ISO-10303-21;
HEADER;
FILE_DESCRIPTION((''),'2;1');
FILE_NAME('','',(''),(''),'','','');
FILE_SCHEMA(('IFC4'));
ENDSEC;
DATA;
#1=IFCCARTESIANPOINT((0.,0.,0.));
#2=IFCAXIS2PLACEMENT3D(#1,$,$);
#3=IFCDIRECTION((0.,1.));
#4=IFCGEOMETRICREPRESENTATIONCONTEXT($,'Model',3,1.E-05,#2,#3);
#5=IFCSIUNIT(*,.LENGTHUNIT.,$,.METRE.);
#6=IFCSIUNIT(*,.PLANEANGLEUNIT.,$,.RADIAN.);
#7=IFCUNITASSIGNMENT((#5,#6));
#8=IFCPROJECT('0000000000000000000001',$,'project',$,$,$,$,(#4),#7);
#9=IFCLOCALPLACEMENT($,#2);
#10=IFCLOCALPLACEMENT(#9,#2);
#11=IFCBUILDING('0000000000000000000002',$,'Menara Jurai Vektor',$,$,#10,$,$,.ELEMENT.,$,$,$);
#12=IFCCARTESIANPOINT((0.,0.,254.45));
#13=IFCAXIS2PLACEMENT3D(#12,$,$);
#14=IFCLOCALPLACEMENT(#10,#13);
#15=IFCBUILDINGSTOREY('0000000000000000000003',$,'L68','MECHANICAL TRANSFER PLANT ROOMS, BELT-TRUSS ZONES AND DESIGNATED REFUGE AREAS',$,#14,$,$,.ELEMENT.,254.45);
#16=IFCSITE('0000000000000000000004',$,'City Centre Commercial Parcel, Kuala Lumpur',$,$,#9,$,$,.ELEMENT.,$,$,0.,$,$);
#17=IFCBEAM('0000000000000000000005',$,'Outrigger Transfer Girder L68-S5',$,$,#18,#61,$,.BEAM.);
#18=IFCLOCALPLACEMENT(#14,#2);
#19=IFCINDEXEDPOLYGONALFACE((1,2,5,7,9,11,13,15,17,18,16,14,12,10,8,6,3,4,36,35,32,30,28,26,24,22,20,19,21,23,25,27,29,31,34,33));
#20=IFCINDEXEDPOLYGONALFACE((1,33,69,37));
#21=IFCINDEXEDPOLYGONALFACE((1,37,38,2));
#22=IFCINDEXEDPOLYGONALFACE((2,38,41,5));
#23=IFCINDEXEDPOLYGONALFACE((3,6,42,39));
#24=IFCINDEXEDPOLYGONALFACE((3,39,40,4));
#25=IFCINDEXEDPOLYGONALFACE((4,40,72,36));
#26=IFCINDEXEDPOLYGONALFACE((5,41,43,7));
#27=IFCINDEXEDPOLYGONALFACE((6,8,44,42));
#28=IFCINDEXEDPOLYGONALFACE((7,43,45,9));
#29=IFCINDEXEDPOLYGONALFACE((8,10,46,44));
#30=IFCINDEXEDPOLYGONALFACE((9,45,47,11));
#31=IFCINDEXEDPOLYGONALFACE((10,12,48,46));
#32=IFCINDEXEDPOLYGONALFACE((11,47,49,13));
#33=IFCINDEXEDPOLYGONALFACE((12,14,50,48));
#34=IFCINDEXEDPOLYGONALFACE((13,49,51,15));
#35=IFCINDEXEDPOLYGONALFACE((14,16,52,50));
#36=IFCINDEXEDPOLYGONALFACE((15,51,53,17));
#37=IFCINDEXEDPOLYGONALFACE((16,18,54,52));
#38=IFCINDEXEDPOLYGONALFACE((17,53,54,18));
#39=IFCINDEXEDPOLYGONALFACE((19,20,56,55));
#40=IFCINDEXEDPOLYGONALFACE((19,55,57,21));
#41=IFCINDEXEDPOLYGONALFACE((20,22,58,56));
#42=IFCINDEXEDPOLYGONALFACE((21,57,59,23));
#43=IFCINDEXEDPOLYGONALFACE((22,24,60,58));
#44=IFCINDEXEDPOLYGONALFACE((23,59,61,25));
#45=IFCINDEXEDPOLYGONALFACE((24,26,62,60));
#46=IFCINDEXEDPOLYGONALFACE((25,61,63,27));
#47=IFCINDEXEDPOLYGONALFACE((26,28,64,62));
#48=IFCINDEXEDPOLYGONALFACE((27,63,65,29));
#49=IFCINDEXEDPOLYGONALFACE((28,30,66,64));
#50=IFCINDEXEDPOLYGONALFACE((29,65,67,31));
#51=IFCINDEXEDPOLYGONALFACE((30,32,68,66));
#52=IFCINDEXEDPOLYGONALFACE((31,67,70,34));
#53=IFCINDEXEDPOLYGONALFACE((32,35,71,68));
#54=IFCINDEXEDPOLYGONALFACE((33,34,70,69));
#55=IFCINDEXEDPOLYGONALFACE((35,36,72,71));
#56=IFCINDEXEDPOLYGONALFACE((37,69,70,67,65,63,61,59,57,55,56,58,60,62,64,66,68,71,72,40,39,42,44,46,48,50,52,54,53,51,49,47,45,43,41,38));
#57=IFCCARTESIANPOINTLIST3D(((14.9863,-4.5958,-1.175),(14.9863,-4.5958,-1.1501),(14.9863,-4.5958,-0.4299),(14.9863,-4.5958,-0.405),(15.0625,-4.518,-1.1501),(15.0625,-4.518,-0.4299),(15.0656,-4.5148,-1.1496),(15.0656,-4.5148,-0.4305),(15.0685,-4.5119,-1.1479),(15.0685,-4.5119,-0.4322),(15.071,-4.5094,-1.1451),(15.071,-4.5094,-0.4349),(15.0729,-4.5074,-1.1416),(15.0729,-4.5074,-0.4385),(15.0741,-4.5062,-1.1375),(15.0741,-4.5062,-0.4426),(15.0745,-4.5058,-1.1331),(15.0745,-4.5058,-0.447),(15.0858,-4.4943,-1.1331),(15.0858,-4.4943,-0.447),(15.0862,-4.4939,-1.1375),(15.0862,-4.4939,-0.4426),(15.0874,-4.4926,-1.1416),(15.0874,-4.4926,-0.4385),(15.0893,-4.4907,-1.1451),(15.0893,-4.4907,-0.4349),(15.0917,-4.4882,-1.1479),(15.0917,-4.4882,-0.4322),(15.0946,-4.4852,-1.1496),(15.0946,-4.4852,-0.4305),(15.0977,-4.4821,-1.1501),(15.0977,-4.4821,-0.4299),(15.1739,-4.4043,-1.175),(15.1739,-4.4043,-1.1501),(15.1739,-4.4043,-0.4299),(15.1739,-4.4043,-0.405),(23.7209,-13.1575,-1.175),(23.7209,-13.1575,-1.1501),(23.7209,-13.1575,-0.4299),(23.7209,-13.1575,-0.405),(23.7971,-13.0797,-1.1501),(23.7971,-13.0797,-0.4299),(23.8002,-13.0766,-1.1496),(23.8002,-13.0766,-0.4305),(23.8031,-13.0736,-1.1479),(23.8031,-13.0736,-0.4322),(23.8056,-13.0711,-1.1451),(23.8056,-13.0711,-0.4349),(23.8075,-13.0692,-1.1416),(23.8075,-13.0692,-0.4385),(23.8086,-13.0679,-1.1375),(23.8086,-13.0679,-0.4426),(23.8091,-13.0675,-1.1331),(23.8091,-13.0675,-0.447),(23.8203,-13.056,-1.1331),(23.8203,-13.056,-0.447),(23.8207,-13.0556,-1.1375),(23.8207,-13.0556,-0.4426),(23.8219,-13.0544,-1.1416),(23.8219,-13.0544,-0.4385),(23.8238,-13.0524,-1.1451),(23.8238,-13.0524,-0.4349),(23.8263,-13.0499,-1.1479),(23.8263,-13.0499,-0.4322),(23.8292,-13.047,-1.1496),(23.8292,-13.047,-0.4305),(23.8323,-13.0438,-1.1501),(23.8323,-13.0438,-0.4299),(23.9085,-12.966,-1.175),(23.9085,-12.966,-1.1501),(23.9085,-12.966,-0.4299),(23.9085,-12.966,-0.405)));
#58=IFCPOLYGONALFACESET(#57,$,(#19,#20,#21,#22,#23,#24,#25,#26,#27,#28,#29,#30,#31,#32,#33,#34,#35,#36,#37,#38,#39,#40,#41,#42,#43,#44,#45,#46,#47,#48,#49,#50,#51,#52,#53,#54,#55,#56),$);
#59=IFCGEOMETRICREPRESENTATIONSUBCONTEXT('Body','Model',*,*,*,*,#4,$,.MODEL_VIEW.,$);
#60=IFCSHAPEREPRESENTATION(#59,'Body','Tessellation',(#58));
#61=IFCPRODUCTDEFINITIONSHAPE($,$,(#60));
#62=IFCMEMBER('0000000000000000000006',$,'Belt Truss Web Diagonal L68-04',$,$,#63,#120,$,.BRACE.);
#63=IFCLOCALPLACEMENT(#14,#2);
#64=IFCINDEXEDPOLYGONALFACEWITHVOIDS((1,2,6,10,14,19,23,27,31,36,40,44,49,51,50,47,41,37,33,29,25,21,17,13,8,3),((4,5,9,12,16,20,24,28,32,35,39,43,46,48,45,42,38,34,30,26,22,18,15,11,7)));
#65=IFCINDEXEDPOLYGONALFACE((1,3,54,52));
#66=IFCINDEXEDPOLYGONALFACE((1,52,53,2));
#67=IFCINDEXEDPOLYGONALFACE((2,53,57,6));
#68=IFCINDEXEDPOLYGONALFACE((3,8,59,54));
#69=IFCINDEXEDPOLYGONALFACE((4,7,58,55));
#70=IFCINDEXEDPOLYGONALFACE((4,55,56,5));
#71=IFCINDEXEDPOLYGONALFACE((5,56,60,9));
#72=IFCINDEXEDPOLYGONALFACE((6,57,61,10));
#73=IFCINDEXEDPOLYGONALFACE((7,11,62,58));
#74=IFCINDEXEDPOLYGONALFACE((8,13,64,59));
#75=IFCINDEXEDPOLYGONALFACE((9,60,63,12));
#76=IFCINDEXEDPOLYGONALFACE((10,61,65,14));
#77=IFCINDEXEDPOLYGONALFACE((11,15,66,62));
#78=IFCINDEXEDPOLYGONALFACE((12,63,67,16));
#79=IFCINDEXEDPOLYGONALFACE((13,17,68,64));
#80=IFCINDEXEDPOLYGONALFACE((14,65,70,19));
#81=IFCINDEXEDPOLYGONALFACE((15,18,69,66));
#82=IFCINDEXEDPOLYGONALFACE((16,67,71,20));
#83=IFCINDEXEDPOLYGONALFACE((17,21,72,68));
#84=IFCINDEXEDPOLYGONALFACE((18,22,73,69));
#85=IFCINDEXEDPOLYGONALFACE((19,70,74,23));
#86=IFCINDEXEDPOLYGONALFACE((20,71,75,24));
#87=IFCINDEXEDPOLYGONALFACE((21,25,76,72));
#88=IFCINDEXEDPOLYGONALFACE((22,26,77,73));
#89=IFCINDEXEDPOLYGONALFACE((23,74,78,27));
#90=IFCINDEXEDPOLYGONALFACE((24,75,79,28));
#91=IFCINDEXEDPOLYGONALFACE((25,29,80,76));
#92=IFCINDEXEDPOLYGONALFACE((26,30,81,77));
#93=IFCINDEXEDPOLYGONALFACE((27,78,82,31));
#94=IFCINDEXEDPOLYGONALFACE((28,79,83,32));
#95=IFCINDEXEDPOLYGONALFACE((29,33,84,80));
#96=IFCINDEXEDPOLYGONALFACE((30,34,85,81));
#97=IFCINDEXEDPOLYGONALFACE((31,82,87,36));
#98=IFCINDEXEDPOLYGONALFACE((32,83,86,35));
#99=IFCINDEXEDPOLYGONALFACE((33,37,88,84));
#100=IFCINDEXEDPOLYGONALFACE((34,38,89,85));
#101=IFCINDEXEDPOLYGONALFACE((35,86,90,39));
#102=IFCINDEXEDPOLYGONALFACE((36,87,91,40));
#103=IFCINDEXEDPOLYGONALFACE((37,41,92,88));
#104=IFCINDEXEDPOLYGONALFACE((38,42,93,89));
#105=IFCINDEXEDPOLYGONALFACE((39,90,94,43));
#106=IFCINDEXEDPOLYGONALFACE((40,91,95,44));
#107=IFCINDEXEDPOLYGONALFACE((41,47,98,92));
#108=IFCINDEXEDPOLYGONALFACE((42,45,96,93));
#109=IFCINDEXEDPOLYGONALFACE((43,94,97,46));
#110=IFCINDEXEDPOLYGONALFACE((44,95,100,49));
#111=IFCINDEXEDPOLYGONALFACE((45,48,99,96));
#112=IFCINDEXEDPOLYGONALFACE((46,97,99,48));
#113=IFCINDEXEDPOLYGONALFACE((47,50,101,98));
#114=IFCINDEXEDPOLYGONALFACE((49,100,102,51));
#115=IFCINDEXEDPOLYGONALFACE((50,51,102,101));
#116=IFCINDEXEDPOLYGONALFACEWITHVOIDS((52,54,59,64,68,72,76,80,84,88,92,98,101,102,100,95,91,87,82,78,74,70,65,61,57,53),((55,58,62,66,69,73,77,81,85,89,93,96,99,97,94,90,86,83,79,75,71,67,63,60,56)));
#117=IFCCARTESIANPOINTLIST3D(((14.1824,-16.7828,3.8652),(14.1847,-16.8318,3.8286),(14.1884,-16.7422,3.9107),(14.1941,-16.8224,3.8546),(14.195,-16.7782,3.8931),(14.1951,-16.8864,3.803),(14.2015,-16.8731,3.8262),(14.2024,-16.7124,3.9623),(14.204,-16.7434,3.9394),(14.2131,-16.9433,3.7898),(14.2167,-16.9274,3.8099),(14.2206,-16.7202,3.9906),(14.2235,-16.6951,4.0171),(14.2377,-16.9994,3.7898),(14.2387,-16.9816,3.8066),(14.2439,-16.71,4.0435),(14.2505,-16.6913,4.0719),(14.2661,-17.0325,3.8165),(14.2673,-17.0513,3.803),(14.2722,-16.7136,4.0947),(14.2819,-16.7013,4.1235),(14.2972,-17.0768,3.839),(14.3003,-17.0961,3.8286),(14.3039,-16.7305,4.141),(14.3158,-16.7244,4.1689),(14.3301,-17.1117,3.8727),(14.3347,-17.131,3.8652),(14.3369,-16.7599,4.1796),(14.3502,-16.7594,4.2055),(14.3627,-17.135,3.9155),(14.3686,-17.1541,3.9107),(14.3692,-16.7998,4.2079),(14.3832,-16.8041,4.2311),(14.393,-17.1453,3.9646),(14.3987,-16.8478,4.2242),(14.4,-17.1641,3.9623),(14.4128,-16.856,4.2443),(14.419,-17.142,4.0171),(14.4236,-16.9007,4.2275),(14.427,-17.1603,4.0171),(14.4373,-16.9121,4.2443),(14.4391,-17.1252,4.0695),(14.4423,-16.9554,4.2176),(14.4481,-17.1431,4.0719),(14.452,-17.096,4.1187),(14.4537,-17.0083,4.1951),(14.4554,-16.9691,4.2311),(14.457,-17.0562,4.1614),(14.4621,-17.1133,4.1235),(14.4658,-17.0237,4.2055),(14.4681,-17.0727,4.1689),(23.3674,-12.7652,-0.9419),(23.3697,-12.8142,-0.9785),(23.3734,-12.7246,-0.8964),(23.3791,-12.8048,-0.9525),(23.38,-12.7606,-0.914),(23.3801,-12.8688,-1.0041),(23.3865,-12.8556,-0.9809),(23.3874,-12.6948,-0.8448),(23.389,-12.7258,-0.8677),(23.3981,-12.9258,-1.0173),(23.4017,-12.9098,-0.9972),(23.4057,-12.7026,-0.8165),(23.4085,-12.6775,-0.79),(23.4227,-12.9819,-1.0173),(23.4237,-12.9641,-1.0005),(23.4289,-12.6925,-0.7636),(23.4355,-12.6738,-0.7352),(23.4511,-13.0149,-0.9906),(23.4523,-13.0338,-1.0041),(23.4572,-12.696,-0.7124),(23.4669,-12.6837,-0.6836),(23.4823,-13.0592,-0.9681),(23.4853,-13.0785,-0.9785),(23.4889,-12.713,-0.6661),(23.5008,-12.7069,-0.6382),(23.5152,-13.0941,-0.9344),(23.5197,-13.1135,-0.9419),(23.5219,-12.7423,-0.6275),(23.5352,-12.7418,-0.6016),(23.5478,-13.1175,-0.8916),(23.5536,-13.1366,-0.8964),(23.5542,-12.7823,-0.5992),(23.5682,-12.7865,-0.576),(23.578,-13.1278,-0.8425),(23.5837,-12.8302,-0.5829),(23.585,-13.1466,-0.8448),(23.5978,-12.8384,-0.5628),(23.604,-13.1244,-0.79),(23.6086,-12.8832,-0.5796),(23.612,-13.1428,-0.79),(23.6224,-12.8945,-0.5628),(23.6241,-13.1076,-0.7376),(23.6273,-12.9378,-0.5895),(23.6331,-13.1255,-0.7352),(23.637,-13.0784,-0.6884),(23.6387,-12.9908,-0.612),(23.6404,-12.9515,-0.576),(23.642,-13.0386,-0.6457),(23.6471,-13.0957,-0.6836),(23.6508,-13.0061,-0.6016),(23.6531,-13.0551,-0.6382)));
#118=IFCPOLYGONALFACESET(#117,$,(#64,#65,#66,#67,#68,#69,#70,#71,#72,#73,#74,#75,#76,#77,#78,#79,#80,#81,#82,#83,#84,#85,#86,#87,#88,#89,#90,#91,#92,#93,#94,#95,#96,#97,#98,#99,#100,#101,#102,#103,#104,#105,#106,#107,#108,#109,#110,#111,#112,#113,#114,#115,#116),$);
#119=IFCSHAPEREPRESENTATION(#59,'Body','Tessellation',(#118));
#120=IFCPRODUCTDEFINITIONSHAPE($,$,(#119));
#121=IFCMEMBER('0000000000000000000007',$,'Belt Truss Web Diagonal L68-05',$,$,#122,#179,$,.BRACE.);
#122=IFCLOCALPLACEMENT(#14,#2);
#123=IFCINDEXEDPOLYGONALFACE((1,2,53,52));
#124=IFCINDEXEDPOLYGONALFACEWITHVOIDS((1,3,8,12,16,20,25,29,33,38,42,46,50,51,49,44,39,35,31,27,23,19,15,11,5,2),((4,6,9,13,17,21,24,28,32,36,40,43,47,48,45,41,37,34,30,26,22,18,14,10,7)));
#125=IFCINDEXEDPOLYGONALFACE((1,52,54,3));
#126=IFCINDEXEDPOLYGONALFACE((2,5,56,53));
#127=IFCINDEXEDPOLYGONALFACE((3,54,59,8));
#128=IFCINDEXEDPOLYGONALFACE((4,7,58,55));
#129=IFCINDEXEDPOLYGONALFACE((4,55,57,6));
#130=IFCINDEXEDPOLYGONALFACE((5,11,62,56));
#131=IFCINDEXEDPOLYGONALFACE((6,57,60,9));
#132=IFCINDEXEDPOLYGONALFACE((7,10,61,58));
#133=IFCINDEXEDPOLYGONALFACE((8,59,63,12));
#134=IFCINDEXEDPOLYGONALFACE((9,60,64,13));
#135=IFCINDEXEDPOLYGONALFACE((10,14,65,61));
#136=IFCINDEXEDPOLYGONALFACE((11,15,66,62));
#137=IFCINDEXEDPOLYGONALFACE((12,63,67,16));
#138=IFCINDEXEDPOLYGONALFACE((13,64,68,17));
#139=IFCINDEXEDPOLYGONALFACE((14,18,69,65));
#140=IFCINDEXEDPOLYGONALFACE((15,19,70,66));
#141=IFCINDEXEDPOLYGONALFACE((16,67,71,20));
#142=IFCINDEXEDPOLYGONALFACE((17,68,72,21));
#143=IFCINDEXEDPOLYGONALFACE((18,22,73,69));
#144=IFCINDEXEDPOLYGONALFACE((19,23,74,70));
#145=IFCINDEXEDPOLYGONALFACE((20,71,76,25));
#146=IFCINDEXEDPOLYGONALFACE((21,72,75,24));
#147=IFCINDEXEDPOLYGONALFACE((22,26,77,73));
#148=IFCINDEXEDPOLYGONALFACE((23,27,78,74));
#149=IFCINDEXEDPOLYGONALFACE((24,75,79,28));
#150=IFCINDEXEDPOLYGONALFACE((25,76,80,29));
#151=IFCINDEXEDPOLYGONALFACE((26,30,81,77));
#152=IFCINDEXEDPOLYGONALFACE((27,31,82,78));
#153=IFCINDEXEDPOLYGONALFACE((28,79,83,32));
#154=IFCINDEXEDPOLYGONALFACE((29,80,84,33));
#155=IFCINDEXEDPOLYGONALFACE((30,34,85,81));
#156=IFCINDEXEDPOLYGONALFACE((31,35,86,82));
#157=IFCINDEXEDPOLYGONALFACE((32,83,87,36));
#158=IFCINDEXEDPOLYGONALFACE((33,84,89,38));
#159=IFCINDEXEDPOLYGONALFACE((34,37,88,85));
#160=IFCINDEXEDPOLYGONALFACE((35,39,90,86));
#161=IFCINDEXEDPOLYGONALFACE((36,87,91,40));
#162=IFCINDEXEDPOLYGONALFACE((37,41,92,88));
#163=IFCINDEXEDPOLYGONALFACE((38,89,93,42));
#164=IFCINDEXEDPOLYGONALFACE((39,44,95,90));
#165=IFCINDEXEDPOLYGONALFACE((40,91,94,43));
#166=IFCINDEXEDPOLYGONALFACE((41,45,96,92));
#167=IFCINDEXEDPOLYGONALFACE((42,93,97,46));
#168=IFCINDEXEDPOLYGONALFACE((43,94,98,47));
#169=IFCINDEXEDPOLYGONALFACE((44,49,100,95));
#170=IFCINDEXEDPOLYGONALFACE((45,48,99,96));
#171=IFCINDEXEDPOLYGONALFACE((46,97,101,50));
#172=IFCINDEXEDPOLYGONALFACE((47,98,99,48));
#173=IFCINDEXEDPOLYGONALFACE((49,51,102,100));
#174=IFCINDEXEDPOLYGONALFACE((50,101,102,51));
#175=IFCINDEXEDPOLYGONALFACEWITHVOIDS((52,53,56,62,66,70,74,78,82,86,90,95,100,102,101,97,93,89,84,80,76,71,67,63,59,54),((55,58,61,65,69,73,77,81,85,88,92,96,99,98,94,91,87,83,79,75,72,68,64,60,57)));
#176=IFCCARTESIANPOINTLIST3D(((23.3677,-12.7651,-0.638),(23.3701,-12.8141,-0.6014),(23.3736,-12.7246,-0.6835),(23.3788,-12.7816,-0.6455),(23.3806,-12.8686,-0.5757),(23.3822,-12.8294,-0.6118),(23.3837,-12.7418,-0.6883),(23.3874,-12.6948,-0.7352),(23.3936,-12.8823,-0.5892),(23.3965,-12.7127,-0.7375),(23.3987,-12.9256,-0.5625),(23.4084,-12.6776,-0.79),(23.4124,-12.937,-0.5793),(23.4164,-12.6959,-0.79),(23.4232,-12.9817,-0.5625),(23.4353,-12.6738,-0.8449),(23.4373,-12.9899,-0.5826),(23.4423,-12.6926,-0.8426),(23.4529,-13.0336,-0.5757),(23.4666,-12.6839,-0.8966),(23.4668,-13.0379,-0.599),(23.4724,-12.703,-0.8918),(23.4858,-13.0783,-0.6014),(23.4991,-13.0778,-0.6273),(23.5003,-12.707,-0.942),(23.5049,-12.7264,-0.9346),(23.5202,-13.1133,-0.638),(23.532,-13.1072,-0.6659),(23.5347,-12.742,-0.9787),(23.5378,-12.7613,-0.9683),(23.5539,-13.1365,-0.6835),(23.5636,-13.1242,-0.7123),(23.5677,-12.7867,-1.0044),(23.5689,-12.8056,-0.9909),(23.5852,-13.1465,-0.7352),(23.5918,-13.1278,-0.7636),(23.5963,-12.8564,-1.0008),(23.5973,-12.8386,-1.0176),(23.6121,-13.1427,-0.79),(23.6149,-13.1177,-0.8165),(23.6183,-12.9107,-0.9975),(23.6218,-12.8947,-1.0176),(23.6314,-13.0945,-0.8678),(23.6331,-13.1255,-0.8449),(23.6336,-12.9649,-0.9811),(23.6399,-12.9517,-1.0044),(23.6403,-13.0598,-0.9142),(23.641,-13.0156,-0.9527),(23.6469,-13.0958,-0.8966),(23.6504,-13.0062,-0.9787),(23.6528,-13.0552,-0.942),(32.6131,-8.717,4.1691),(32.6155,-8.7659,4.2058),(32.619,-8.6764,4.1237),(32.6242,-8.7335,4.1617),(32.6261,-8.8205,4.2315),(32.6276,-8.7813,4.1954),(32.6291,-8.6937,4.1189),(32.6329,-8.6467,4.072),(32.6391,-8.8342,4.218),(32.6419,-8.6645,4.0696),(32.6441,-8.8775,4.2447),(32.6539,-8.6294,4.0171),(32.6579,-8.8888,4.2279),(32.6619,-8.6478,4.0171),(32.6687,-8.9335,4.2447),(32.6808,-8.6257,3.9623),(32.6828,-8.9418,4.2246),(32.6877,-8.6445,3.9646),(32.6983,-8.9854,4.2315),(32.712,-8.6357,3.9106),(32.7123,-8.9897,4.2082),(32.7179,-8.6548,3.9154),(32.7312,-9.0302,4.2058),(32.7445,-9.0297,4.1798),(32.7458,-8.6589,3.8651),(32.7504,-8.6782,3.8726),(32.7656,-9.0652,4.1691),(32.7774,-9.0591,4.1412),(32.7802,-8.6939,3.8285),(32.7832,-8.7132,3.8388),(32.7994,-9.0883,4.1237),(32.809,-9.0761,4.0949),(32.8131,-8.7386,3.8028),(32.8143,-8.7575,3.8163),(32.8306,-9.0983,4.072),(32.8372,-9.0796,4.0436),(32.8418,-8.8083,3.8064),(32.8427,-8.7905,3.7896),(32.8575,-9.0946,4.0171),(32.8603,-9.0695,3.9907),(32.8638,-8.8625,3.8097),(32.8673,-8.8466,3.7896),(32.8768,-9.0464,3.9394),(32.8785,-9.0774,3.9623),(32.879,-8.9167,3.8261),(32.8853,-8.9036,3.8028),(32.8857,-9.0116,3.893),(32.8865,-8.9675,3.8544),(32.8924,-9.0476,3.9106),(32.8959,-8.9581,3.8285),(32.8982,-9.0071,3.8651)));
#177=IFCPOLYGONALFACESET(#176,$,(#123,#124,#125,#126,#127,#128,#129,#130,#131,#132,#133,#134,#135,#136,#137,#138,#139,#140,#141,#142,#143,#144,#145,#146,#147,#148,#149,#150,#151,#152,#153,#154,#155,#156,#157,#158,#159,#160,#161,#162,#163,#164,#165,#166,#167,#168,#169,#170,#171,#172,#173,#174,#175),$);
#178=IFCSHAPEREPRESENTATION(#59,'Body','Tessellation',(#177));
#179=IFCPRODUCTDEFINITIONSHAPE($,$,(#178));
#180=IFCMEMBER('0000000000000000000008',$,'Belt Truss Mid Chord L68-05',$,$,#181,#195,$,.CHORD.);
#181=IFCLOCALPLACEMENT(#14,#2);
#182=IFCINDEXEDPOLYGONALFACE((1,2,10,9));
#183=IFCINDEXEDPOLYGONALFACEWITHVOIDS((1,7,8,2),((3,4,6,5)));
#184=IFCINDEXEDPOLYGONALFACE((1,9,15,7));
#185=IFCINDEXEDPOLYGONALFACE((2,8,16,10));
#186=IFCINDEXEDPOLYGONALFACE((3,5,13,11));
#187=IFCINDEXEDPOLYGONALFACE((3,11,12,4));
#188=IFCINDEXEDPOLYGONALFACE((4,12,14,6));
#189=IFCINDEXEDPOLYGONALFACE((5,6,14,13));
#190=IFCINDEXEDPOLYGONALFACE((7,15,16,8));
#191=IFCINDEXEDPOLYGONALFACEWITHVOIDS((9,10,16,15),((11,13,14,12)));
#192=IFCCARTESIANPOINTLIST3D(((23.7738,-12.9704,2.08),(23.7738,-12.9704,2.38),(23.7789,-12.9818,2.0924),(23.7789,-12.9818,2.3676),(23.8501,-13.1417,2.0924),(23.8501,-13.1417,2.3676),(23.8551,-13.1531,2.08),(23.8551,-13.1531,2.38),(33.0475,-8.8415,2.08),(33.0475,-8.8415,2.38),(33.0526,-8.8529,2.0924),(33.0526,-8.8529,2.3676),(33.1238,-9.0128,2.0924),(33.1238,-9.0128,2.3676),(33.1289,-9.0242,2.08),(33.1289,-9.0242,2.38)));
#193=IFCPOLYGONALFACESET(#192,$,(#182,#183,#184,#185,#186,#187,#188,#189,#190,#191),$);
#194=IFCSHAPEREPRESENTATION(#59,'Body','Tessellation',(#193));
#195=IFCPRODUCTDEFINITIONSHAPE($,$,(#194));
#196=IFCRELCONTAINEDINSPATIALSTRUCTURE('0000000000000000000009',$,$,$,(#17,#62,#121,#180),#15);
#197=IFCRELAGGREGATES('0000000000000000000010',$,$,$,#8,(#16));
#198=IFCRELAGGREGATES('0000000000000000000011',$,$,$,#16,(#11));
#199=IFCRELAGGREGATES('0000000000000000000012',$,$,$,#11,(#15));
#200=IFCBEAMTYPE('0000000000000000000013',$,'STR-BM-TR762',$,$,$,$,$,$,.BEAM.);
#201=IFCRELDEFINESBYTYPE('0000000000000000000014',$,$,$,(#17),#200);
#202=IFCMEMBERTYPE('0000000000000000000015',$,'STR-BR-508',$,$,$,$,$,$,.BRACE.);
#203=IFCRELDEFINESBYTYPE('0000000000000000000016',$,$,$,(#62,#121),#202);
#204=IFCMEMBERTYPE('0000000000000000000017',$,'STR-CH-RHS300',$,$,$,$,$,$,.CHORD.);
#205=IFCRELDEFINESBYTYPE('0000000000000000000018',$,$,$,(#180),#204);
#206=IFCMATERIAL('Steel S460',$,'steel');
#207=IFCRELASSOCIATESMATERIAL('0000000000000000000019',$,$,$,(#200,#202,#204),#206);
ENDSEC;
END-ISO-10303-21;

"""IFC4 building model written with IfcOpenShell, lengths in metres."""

from ifc_helpers import new_model, si_unit, direction, frame, origin, origin_2d, place, context, subcontext, project, spatial, hollow_rectangle, hollow_circle, i_section, extrude, material, material_profile, profile_set, type_object, element, save


model = new_model("IFC4")

# Units and contexts
model_context = context("Model", 3, precision=1e-05, world=origin(), true_north=direction((0.0, 1.0)))
body_context = subcontext(model_context, "Body", "Model", "MODEL_VIEW")
ifc_project = project(units=[si_unit("LENGTHUNIT", "METRE"), si_unit("PLANEANGLEUNIT", "RADIAN")], contexts=[model_context])

# Site, building, storey
site_placement = place(None, origin())
site = spatial("IfcSite", under=ifc_project, at=site_placement, Name="City Centre Commercial Parcel, Kuala Lumpur", CompositionType="ELEMENT", RefElevation=0.0)
building_placement = place(site_placement, origin())
building = spatial("IfcBuilding", under=site, at=building_placement, Name="Menara Jurai Vektor", CompositionType="ELEMENT")
storey_placement = place(building_placement, frame((0.0, 0.0, 254.45)))
storey = spatial("IfcBuildingStorey", under=building, at=storey_placement, Name="L68", Description="MECHANICAL TRANSFER PLANT ROOMS, BELT-TRUSS ZONES AND DESIGNATED REFUGE AREAS", CompositionType="ELEMENT", Elevation=254.45)

# Shared definitions
ifc_material_1 = material(Name="Steel S460", Category="steel")

# Beam
ifc_material_profile_1 = material_profile(ifc_material_1, i_section(OverallWidth=0.2681, OverallDepth=0.77, WebThickness=0.0161, FlangeThickness=0.0249, FilletRadius=0.0171, at=origin_2d()), Name="UKB 762x267x197")
ifc_profile_set_1 = profile_set([ifc_material_profile_1], Name="Steel S460")
beam_type_1 = type_object("IfcBeamType", Name="STR-BM-TR762", PredefinedType="BEAM", material=ifc_profile_set_1)
beam_1_placement = place(storey_placement, frame((23.8147, -13.0618, -0.79), z_axis=(-0.714138, 0.700005, 0.0), x_axis=(-0.700005, -0.714138, 0.0)))
element("IfcBeam", 1, at=beam_1_placement, inside=storey, type_object=beam_type_1, Name="Outrigger Transfer Girder L68-S5", PredefinedType="BEAM", context=body_context, shape_type="SweptSolid", body=[
    extrude(i_section(OverallWidth=0.2681, OverallDepth=0.77, WebThickness=0.0161, FlangeThickness=0.0249, FilletRadius=0.0171, at=origin_2d()), origin(), (0.0, 0.0, 1.0), 12.231),
])

# Members
ifc_material_profile_2 = material_profile(ifc_material_1, hollow_circle(Radius=0.2539, WallThickness=0.02, at=origin_2d()), Name="CHS 508x20")
ifc_profile_set_2 = profile_set([ifc_material_profile_2], Name="Steel S460")
member_type_1 = type_object("IfcMemberType", Name="STR-BR-508", PredefinedType="BRACE", material=ifc_profile_set_2)
member_1_placement = place(storey_placement, frame((23.5103, -12.9102, -0.79), z_axis=(-0.826127, -0.361351, 0.432365), x_axis=(0.400745, -0.91619, 0.0)))
element("IfcMember", 2, at=member_1_placement, inside=storey, type_object=member_type_1, Name="Belt Truss Web Diagonal L68-04", PredefinedType="BRACE", context=body_context, shape_type="SweptSolid", body=[
    extrude(hollow_circle(Radius=0.2539, WallThickness=0.02, at=origin_2d()), origin(), (0.0, 0.0, 1.0), 11.1182),
])
member_2_placement = place(storey_placement, frame((23.5103, -12.9102, -0.79), z_axis=(0.827022, 0.362113, 0.43001), x_axis=(-0.401089, 0.916039, 0.0)))
element("IfcMember", 3, at=member_2_placement, inside=storey, type_object=member_type_1, Name="Belt Truss Web Diagonal L68-05", PredefinedType="BRACE", context=body_context, shape_type="SweptSolid", body=[
    extrude(hollow_circle(Radius=0.2539, WallThickness=0.02, at=origin_2d()), origin(), (0.0, 0.0, 1.0), 11.1792),
])
ifc_material_profile_3 = material_profile(ifc_material_1, hollow_rectangle(XDim=0.2, YDim=0.3, WallThickness=0.0125, at=origin_2d()), Name="RHS 300x200x12.5")
ifc_profile_set_3 = profile_set([ifc_material_profile_3], Name="Steel S460")
member_type_2 = type_object("IfcMemberType", Name="STR-CH-RHS300", PredefinedType="CHORD", material=ifc_profile_set_3)
member_3_placement = place(storey_placement, frame((23.8145, -13.0618, 2.23), z_axis=(0.913546, 0.406736, 0.0), x_axis=(-0.406736, 0.913546, 0.0)))
element("IfcMember", 4, at=member_3_placement, inside=storey, type_object=member_type_2, Name="Belt Truss Mid Chord L68-05", PredefinedType="CHORD", context=body_context, shape_type="SweptSolid", body=[
    extrude(hollow_rectangle(XDim=0.2, YDim=0.3, WallThickness=0.0125, at=origin_2d()), origin(), (0.0, 0.0, 1.0), 10.1514),
])

save(model, "model.ifc")
